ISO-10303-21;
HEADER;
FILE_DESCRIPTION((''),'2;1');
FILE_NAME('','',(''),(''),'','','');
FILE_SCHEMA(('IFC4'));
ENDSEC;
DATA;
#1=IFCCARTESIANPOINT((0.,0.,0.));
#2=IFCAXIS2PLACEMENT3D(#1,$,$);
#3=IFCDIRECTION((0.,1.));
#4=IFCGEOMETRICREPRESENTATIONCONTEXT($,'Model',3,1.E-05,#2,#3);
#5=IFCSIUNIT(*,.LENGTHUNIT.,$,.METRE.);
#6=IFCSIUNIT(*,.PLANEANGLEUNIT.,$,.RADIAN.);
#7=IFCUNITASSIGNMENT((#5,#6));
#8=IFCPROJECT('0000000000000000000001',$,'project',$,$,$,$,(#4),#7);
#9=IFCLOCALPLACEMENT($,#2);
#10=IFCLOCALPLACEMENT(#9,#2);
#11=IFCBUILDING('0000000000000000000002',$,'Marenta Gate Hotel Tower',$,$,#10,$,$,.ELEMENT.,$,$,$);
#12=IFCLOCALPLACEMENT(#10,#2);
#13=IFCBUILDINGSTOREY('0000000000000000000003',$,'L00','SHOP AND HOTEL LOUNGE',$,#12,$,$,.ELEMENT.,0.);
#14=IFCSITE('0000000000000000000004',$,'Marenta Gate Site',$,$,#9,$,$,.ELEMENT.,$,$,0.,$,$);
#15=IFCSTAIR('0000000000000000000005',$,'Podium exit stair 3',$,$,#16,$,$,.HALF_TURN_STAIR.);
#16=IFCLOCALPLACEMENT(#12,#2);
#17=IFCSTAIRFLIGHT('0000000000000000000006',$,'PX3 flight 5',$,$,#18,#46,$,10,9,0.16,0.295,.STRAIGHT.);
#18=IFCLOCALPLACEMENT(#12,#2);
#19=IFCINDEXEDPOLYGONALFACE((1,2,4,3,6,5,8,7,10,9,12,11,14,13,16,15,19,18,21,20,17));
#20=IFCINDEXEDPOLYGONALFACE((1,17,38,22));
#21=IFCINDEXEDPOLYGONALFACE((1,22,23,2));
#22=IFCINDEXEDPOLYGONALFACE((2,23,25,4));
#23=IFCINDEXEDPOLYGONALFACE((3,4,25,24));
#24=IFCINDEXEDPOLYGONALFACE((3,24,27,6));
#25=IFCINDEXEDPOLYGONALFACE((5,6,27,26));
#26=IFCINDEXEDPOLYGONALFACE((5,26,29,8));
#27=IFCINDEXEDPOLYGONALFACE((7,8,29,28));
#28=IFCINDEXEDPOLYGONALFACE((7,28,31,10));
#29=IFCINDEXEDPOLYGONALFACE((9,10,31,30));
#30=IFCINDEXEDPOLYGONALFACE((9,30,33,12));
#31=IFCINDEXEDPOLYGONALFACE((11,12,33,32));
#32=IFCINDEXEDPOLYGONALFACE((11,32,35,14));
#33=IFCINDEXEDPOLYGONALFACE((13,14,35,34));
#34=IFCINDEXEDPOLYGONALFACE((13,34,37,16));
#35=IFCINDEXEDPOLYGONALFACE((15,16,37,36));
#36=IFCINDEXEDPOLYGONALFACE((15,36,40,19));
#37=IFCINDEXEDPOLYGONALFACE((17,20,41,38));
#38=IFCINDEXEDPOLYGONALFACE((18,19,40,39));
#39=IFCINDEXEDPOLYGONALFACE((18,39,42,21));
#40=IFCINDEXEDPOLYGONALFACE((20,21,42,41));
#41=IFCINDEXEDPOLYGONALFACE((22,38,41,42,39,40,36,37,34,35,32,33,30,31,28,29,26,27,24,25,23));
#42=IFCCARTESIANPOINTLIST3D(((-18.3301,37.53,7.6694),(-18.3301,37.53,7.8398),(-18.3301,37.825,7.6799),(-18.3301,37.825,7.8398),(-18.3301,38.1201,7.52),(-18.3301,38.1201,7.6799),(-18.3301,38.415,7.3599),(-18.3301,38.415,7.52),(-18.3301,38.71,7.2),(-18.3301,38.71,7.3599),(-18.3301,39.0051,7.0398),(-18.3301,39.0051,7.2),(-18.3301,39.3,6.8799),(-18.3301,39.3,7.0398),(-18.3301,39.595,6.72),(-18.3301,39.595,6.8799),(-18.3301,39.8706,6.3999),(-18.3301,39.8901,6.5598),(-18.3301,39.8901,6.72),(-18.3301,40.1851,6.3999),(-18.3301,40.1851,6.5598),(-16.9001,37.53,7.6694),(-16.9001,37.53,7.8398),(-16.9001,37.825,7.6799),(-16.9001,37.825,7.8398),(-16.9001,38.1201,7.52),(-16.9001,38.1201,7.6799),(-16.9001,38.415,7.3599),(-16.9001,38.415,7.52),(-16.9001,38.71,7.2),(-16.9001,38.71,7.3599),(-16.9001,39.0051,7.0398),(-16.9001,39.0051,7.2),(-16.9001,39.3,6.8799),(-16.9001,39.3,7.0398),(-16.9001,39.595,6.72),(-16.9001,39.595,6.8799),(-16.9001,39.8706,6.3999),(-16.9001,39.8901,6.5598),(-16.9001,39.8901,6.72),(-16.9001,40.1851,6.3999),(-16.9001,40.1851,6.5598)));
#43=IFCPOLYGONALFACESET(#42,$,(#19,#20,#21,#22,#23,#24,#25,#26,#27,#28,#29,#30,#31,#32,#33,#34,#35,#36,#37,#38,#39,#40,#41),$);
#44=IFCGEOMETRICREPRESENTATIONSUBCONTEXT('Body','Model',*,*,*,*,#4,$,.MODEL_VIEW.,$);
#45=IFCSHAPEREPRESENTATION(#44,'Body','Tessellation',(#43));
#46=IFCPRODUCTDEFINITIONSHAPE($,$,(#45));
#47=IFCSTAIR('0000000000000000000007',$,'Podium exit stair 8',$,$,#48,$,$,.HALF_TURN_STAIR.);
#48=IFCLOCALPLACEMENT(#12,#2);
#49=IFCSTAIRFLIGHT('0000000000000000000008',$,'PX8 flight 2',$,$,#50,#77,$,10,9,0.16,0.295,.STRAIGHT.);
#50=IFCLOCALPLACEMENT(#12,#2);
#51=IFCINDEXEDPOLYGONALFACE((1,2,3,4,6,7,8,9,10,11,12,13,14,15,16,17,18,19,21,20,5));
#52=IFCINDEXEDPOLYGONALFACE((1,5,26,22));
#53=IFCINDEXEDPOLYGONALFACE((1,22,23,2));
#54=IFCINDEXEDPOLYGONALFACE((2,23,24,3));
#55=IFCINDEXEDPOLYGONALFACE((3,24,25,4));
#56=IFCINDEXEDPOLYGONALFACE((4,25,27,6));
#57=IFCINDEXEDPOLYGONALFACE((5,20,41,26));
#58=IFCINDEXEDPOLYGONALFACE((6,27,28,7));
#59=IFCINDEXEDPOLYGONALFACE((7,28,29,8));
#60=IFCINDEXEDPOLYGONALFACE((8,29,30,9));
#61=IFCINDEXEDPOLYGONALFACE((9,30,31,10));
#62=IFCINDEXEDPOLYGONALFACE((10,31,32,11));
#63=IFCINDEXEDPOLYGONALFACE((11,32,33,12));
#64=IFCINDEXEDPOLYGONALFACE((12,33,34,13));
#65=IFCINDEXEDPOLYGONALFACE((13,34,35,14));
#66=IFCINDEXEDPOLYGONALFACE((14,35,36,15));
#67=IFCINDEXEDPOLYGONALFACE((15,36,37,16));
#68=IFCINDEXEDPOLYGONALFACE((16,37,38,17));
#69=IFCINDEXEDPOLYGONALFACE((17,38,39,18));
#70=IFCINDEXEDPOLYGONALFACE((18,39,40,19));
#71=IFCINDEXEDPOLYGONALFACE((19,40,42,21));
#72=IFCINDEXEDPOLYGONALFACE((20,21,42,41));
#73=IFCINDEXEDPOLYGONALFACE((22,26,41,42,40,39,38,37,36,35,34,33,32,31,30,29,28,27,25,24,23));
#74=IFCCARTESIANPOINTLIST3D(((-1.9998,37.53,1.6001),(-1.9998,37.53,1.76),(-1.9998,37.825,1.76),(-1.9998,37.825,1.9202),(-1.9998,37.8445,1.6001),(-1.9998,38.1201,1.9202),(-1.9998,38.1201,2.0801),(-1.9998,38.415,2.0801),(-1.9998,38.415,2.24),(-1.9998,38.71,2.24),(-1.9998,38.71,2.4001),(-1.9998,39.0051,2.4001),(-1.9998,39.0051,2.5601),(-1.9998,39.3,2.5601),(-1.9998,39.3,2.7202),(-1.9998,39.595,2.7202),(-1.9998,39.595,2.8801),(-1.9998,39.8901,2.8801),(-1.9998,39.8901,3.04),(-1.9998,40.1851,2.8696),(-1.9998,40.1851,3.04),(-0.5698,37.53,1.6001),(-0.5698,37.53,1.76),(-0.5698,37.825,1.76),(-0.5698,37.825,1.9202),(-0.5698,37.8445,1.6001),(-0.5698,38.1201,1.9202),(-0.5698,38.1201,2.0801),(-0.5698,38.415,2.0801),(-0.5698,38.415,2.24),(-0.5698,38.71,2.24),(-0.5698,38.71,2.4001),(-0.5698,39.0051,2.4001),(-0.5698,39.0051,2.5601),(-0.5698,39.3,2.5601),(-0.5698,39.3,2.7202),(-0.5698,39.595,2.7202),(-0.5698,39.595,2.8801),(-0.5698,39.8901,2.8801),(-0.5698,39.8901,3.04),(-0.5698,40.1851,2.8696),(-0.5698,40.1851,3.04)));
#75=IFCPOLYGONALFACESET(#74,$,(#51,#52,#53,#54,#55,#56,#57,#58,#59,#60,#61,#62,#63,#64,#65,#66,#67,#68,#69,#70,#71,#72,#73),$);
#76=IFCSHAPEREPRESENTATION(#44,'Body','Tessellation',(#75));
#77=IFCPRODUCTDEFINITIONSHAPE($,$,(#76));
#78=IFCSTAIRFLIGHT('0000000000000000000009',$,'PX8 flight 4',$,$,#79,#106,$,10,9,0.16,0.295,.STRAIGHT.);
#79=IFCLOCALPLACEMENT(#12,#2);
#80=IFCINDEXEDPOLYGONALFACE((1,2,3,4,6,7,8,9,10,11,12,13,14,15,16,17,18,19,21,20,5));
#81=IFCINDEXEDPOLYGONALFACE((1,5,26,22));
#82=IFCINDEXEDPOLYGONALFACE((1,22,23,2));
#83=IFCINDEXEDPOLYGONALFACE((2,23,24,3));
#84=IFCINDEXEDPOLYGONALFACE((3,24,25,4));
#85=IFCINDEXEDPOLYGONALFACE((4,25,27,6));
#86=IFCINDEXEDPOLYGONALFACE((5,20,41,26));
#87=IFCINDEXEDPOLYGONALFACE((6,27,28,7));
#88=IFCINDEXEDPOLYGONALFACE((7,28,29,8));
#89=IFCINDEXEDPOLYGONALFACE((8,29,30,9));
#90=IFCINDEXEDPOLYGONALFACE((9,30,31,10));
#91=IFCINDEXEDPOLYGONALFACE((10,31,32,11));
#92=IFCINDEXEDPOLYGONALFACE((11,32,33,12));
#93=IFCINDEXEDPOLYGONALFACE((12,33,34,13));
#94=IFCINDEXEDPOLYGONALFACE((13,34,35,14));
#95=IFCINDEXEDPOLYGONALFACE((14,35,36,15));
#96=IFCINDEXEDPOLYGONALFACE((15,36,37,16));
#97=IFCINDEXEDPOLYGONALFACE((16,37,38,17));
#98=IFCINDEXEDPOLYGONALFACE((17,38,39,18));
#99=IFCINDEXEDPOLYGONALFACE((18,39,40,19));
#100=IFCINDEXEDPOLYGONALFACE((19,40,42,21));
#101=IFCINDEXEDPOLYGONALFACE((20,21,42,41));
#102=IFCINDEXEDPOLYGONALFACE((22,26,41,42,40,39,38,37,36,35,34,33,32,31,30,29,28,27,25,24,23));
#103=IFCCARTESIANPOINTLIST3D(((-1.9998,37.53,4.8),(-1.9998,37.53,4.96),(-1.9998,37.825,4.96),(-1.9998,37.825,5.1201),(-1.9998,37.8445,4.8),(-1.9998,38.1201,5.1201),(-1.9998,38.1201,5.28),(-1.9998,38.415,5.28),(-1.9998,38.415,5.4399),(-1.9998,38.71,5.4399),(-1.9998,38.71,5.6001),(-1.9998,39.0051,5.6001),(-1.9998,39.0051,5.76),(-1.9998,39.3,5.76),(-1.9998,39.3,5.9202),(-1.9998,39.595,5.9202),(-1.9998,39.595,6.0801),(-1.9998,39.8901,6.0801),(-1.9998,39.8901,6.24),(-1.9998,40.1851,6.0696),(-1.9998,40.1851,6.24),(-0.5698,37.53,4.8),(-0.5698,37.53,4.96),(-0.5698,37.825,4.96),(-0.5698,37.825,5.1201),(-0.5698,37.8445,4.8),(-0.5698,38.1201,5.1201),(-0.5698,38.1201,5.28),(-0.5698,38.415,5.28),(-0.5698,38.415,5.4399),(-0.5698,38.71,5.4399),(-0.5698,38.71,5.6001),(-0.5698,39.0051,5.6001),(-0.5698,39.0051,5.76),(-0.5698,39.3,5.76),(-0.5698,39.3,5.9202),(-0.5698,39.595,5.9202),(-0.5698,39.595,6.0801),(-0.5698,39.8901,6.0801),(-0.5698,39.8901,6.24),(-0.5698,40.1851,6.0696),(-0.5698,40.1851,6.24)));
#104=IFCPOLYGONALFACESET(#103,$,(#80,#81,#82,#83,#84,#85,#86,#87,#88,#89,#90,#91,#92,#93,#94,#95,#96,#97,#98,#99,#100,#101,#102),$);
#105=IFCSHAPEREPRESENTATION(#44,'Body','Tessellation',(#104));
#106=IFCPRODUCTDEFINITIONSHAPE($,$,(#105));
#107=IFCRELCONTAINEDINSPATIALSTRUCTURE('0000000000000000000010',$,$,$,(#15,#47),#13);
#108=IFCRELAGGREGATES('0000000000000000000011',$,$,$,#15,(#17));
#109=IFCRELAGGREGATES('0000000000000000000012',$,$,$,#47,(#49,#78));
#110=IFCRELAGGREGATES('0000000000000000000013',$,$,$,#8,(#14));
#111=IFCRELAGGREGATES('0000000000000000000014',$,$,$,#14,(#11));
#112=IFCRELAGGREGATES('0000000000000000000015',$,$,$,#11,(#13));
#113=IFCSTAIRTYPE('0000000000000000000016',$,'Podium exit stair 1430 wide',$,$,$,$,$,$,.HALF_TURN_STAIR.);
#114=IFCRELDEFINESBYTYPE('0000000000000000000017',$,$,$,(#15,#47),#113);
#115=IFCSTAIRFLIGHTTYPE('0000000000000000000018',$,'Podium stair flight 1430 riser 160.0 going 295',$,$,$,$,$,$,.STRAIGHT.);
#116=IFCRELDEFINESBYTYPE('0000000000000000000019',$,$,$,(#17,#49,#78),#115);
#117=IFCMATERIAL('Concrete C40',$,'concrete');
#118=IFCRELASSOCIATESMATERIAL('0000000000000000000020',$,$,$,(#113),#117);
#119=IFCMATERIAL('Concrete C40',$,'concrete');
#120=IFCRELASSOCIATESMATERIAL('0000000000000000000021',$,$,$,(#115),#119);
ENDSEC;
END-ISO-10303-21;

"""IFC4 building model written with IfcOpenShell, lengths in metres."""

from ifc_helpers import new_model, si_unit, direction, frame, origin, place, context, subcontext, project, spatial, polyline, outline, extrude, material, type_object, element, aggregate, save


model = new_model("IFC4")

# Units and contexts
model_context = context("Model", 3, precision=1e-05, world=origin(), true_north=direction((0.0, 1.0)))
body_context = subcontext(model_context, "Body", "Model", "MODEL_VIEW")
ifc_project = project(units=[si_unit("LENGTHUNIT", "METRE"), si_unit("PLANEANGLEUNIT", "RADIAN")], contexts=[model_context])

# Site, building, storey
site_placement = place(None, origin())
site = spatial("IfcSite", under=ifc_project, at=site_placement, Name="Marenta Gate Site", CompositionType="ELEMENT", RefElevation=0.0)
building_placement = place(site_placement, origin())
building = spatial("IfcBuilding", under=site, at=building_placement, Name="Marenta Gate Hotel Tower", CompositionType="ELEMENT")
storey_placement = place(building_placement, origin())
storey = spatial("IfcBuildingStorey", under=building, at=storey_placement, Name="L00", Description="SHOP AND HOTEL LOUNGE", CompositionType="ELEMENT", Elevation=0.0)

# Stairs, stair flights
ifc_material_1 = material(Name="Concrete C40", Category="concrete")
stair_type = type_object("IfcStairType", Name="Podium exit stair 1430 wide", PredefinedType="HALF_TURN_STAIR", material=ifc_material_1)
stair_1_placement = place(storey_placement, origin())
stair_1 = element("IfcStair", 1, at=stair_1_placement, inside=storey, type_object=stair_type, Name="Podium exit stair 3", PredefinedType="HALF_TURN_STAIR")
ifc_material_2 = material(Name="Concrete C40", Category="concrete")
stair_flight_type = type_object("IfcStairFlightType", Name="Podium stair flight 1430 riser 160.0 going 295", PredefinedType="STRAIGHT", material=ifc_material_2)
stair_flight_1_placement = place(storey_placement, frame((-17.615, 40.1851, 6.3999), z_axis=(0.0, 0.0, 1.0), x_axis=(0.0, -1.0, 0.0)))
stair_flight_1 = element("IfcStairFlight", 2, at=stair_flight_1_placement, type_object=stair_flight_type, Name="PX3 flight 5", NumberOfRisers=10, NumberOfTreads=9, PredefinedType="STRAIGHT", RiserHeight=0.16, TreadLength=0.295, context=body_context, shape_type="SweptSolid", body=[
    extrude(outline(polyline([(0.0, 0.0), (0.0, 0.1599), (0.2949, 0.1599), (0.2949, 0.3201), (0.5901, 0.3201), (0.5901, 0.48), (0.885, 0.48), (0.885, 0.6399), (1.1799, 0.6399), (1.1799, 0.8), (1.4751, 0.8), (1.4751, 0.96), (1.77, 0.96), (1.77, 1.1201), (2.0649, 1.1201), (2.0649, 1.28), (2.3601, 1.28), (2.3601, 1.4399), (2.655, 1.4399), (2.655, 1.6001), (2.655, 1.2695), (0.3145, 0.0), (0.0, 0.0)])), frame((0.0, 0.7148, 0.0), z_axis=(0.0, -1.0, 0.0), x_axis=(1.0, 0.0, 0.0)), (0.0, 0.0, 1.0), 1.4299),
])
aggregate(stair_1, [stair_flight_1])
stair_2_placement = place(storey_placement, origin())
stair_2 = element("IfcStair", 3, at=stair_2_placement, inside=storey, type_object=stair_type, Name="Podium exit stair 8", PredefinedType="HALF_TURN_STAIR")
stair_flight_2_placement = place(storey_placement, frame((-1.2849, 37.53, 1.6001), z_axis=(0.0, 0.0, 1.0), x_axis=(0.0, 1.0, 0.0)))
stair_flight_2 = element("IfcStairFlight", 4, at=stair_flight_2_placement, type_object=stair_flight_type, Name="PX8 flight 2", NumberOfRisers=10, NumberOfTreads=9, PredefinedType="STRAIGHT", RiserHeight=0.16, TreadLength=0.295, context=body_context, shape_type="SweptSolid", body=[
    extrude(outline(polyline([(0.0, 0.0), (0.0, 0.1599), (0.2949, 0.1599), (0.2949, 0.3201), (0.5901, 0.3201), (0.5901, 0.48), (0.885, 0.48), (0.885, 0.6399), (1.1799, 0.6399), (1.1799, 0.8), (1.4751, 0.8), (1.4751, 0.96), (1.77, 0.96), (1.77, 1.1201), (2.0649, 1.1201), (2.0649, 1.28), (2.3601, 1.28), (2.3601, 1.4399), (2.655, 1.4399), (2.655, 1.6001), (2.655, 1.2695), (0.3145, 0.0), (0.0, 0.0)])), frame((0.0, 0.7148, 0.0), z_axis=(0.0, -1.0, 0.0), x_axis=(1.0, 0.0, 0.0)), (0.0, 0.0, 1.0), 1.4299),
])
stair_flight_3_placement = place(storey_placement, frame((-1.2849, 37.53, 4.8), z_axis=(0.0, 0.0, 1.0), x_axis=(0.0, 1.0, 0.0)))
stair_flight_3 = element("IfcStairFlight", 5, at=stair_flight_3_placement, type_object=stair_flight_type, Name="PX8 flight 4", NumberOfRisers=10, NumberOfTreads=9, PredefinedType="STRAIGHT", RiserHeight=0.16, TreadLength=0.295, context=body_context, shape_type="SweptSolid", body=[
    extrude(outline(polyline([(0.0, 0.0), (0.0, 0.1599), (0.2949, 0.1599), (0.2949, 0.3201), (0.5901, 0.3201), (0.5901, 0.48), (0.885, 0.48), (0.885, 0.6399), (1.1799, 0.6399), (1.1799, 0.8), (1.4751, 0.8), (1.4751, 0.96), (1.77, 0.96), (1.77, 1.1201), (2.0649, 1.1201), (2.0649, 1.28), (2.3601, 1.28), (2.3601, 1.4399), (2.655, 1.4399), (2.655, 1.6001), (2.655, 1.2695), (0.3145, 0.0), (0.0, 0.0)])), frame((0.0, 0.7148, 0.0), z_axis=(0.0, -1.0, 0.0), x_axis=(1.0, 0.0, 0.0)), (0.0, 0.0, 1.0), 1.4299),
])
aggregate(stair_2, [stair_flight_2, stair_flight_3])

save(model, "model.ifc")
